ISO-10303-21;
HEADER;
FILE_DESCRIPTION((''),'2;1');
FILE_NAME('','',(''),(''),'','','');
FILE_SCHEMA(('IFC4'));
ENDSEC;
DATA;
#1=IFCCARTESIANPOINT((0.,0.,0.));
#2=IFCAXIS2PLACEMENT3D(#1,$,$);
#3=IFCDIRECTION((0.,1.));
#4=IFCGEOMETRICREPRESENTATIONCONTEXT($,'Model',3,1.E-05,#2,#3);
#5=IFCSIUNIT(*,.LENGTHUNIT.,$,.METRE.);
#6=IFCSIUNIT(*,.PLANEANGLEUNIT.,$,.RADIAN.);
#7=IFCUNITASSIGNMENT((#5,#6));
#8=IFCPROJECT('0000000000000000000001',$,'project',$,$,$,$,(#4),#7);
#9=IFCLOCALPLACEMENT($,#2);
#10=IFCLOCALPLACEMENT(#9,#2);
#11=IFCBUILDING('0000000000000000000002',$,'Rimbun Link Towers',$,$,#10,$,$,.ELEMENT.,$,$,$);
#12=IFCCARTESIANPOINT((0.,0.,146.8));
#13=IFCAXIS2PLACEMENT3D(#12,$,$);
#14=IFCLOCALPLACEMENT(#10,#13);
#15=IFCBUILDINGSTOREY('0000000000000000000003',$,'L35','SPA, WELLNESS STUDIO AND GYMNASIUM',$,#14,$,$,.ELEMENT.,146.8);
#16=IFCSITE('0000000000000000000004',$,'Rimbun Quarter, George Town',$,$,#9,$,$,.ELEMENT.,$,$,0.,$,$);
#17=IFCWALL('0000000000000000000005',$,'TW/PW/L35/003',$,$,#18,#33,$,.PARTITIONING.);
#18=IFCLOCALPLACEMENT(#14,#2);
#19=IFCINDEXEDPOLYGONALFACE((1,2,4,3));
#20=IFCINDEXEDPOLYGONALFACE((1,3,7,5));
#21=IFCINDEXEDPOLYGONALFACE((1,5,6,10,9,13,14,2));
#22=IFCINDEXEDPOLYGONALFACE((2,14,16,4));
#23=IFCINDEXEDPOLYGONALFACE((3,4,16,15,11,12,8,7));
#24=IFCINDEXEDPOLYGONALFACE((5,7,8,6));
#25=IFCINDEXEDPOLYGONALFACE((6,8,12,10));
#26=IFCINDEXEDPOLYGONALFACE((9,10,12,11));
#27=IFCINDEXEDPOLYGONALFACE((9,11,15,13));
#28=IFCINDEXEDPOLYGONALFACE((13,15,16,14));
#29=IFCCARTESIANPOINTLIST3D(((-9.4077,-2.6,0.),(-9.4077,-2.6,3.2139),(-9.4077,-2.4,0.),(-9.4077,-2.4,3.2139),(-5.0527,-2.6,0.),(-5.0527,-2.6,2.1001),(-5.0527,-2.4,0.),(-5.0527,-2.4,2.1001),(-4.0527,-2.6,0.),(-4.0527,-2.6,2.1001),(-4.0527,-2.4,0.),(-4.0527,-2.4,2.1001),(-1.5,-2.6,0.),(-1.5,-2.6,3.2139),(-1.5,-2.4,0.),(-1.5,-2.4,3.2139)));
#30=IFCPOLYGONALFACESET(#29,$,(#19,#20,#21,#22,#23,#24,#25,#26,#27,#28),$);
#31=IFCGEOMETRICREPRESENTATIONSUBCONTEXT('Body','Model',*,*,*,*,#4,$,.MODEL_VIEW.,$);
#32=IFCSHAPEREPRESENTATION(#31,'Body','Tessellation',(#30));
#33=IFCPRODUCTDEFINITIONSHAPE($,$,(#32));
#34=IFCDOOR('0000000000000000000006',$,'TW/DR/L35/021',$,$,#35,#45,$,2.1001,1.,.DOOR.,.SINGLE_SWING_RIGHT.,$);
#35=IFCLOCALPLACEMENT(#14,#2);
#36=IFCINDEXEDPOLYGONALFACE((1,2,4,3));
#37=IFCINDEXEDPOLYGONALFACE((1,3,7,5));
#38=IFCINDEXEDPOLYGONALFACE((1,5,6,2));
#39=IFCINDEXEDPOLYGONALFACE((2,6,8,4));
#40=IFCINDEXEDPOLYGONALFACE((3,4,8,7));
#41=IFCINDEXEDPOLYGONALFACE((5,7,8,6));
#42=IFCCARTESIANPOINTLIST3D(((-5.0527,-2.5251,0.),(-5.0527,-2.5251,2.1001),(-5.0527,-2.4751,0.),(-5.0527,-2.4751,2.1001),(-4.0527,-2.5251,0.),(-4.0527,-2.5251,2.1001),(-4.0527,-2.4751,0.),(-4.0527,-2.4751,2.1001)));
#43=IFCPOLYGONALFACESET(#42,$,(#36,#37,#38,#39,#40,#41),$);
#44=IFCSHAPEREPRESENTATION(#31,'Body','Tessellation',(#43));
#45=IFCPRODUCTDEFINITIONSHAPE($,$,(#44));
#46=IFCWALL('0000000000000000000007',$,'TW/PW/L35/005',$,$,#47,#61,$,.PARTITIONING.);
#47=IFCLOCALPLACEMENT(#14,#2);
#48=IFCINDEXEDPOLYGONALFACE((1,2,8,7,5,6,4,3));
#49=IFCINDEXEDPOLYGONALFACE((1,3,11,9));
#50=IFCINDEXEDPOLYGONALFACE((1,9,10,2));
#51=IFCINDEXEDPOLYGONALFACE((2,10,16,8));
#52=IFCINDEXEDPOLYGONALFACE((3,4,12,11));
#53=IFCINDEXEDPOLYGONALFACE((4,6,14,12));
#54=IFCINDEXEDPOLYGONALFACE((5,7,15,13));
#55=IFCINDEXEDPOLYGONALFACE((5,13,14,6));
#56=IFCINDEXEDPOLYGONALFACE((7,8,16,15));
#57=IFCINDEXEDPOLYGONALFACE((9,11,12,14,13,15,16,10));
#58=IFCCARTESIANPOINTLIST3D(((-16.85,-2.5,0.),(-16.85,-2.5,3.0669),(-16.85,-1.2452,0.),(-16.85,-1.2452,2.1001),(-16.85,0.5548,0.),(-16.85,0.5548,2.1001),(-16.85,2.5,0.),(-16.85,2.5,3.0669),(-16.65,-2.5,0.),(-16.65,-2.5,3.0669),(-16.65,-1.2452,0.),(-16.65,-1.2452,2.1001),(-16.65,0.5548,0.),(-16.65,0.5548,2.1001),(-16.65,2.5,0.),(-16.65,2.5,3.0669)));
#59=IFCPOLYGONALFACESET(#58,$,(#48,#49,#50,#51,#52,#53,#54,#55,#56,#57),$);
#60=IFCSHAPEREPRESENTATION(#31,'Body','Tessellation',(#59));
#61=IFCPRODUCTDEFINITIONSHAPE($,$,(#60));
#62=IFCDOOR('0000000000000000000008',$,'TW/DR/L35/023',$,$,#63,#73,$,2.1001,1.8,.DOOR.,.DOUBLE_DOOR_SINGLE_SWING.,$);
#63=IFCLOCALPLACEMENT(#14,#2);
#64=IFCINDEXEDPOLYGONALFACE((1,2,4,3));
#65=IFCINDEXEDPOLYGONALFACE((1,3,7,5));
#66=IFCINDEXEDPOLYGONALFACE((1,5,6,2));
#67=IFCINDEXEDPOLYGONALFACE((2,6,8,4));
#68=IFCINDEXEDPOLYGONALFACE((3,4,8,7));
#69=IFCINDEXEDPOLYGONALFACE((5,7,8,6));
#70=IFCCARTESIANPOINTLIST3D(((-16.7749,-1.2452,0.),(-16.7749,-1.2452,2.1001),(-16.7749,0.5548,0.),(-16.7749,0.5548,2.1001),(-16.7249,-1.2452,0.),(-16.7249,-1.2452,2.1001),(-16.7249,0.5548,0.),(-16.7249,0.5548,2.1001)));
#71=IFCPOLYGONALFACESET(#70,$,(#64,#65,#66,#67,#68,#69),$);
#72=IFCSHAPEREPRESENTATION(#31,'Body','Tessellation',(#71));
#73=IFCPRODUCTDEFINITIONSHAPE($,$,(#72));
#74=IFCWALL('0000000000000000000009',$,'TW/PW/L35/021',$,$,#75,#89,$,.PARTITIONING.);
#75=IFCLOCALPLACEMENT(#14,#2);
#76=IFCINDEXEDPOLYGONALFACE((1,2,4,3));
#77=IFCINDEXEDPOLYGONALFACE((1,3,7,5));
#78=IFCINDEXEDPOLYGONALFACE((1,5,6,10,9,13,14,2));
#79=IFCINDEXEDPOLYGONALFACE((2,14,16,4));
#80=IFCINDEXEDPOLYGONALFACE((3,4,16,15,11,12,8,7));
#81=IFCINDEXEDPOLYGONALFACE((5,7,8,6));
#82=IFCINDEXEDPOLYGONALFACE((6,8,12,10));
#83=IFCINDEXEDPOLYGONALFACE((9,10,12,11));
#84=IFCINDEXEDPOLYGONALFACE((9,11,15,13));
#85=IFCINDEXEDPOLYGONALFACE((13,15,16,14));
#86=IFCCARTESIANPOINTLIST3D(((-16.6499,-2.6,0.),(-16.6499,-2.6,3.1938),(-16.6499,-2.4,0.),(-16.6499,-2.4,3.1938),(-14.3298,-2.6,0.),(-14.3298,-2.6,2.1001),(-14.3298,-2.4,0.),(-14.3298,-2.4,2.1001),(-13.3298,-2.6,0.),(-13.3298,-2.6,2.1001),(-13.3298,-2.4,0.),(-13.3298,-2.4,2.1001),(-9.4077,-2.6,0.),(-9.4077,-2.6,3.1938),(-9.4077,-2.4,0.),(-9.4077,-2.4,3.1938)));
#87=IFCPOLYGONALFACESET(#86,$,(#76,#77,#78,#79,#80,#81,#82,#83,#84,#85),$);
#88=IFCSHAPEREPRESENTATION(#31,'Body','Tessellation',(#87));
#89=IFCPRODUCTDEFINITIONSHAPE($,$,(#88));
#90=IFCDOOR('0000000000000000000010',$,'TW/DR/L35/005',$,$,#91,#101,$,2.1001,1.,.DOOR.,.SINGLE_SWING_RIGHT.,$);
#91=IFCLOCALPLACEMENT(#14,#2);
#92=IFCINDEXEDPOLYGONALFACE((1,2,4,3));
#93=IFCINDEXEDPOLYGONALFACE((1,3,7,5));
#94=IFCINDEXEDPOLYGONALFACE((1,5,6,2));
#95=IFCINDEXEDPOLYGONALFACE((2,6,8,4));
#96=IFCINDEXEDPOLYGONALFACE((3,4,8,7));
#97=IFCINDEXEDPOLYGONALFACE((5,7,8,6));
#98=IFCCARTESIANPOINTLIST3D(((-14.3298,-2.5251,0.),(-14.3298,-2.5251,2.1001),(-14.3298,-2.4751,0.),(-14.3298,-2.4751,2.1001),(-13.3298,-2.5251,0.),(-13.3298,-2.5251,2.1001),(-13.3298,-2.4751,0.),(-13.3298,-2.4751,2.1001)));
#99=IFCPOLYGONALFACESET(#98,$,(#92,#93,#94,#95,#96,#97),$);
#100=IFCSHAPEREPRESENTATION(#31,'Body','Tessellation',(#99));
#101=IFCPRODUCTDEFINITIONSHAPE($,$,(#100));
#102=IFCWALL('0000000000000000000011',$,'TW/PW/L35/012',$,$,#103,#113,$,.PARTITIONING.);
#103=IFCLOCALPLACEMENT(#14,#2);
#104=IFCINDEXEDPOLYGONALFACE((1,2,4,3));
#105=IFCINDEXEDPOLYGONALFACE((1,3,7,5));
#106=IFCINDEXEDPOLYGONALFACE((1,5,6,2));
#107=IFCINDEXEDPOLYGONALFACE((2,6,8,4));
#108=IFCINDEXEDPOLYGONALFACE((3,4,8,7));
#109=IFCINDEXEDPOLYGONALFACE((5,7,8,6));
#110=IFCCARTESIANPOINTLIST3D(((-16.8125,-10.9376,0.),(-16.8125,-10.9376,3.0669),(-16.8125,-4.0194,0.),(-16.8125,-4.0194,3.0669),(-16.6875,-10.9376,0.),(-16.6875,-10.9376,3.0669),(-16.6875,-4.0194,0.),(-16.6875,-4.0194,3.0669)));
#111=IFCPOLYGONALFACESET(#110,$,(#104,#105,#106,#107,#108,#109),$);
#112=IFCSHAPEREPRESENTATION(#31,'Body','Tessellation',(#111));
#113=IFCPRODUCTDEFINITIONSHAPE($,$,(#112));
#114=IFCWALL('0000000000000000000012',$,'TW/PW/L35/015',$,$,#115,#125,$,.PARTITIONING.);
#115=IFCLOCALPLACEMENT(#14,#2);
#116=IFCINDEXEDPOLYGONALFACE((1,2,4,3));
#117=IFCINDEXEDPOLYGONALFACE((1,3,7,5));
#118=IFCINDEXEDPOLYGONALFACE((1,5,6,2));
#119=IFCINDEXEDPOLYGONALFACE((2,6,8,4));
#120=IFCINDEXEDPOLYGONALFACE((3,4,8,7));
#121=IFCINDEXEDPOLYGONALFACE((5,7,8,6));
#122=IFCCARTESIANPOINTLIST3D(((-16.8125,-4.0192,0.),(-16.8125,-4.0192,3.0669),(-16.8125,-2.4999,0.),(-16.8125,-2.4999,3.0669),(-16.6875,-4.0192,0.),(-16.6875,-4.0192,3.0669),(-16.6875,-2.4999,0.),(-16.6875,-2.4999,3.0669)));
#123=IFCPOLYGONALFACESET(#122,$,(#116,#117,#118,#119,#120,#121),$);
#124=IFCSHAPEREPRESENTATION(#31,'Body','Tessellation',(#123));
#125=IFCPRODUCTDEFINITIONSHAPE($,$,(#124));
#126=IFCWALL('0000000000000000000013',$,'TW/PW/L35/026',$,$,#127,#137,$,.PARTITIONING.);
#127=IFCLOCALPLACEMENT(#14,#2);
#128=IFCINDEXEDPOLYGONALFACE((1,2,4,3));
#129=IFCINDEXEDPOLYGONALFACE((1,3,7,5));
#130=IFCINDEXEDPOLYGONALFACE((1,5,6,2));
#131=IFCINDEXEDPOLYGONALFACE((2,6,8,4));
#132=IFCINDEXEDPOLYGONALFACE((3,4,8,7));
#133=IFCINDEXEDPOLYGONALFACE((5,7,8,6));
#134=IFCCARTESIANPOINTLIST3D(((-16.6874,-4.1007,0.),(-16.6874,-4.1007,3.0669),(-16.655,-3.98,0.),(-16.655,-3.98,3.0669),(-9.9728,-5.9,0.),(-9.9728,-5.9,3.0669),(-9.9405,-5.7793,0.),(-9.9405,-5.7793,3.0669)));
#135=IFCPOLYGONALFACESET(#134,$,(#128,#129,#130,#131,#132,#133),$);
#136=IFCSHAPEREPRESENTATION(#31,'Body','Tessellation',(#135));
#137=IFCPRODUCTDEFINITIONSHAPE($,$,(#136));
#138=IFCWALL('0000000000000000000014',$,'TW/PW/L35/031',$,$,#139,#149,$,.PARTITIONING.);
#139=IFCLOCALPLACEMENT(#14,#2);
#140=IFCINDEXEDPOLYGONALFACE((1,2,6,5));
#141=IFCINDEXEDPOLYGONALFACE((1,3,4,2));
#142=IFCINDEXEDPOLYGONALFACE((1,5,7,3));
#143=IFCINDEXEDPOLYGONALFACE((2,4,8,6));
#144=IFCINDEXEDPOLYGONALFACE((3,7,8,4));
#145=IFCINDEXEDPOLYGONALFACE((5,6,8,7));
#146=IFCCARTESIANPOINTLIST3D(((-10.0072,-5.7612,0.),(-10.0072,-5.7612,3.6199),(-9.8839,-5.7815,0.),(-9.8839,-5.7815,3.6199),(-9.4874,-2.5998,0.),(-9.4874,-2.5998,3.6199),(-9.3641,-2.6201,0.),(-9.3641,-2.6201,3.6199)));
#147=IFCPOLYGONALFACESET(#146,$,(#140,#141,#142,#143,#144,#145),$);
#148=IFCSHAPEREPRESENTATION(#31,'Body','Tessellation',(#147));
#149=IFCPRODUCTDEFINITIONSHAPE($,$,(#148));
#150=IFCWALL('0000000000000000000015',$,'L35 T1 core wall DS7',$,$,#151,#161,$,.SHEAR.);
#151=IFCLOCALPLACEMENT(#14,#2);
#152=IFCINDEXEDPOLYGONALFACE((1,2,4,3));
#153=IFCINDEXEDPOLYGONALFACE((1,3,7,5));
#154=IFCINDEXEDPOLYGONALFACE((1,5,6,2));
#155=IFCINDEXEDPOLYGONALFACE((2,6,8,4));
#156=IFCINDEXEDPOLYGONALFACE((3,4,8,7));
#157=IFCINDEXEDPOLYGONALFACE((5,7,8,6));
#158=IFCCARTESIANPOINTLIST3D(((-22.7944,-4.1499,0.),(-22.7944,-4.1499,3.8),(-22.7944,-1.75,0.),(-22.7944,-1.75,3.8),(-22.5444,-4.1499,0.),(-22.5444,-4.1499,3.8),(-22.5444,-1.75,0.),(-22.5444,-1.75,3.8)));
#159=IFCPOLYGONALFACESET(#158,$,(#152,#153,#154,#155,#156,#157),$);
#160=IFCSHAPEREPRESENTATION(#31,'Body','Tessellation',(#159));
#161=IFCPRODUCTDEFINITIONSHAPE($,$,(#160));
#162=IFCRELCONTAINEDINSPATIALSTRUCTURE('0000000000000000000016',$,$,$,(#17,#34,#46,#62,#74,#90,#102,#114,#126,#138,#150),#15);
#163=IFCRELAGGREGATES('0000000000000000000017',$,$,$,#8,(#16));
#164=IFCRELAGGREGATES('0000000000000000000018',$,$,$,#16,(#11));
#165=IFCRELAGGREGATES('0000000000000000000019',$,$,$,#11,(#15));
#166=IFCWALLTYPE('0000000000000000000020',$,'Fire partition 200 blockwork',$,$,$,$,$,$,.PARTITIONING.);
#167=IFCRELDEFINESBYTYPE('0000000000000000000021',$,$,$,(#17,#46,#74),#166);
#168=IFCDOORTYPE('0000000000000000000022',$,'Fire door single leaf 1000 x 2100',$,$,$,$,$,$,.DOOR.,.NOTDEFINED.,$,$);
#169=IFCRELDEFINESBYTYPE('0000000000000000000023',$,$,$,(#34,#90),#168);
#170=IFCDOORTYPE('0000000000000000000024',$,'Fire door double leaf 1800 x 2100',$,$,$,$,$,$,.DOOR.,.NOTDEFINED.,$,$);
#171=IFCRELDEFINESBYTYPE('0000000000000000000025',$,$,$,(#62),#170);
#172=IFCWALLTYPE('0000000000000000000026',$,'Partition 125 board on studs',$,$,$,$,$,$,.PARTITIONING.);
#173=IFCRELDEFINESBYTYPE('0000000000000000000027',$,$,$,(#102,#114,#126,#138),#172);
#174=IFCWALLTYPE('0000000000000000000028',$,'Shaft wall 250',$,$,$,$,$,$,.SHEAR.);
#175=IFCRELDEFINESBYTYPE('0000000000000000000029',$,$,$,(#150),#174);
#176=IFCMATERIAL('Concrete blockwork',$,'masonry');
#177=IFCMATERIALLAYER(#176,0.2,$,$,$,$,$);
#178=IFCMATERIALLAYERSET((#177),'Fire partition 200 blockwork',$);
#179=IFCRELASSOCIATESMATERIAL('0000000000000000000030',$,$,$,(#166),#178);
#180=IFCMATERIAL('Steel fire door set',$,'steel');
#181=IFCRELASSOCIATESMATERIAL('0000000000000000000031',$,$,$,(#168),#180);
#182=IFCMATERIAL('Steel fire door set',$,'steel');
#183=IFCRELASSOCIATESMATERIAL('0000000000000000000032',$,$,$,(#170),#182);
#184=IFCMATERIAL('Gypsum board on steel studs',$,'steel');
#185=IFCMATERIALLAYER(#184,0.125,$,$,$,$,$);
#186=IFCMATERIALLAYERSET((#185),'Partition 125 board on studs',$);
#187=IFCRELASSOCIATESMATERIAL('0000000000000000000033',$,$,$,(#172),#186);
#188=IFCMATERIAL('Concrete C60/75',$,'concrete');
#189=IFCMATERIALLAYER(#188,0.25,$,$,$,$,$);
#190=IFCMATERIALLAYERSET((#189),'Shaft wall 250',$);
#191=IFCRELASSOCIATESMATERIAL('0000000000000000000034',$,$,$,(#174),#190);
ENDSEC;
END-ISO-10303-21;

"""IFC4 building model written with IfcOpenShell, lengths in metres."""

from ifc_helpers import new_model, si_unit, direction, frame, frame_2d, origin, place, context, subcontext, project, spatial, rectangle, extrude, material, layer, layer_set, type_object, element, fill, save


model = new_model("IFC4")

# Units and contexts
model_context = context("Model", 3, precision=1e-05, world=origin(), true_north=direction((0.0, 1.0)))
body_context = subcontext(model_context, "Body", "Model", "MODEL_VIEW")
ifc_project = project(units=[si_unit("LENGTHUNIT", "METRE"), si_unit("PLANEANGLEUNIT", "RADIAN")], contexts=[model_context])

# Site, building, storey
site_placement = place(None, origin())
site = spatial("IfcSite", under=ifc_project, at=site_placement, Name="Rimbun Quarter, George Town", CompositionType="ELEMENT", RefElevation=0.0)
building_placement = place(site_placement, origin())
building = spatial("IfcBuilding", under=site, at=building_placement, Name="Rimbun Link Towers", CompositionType="ELEMENT")
storey_placement = place(building_placement, frame((0.0, 0.0, 146.8)))
storey = spatial("IfcBuildingStorey", under=building, at=storey_placement, Name="L35", Description="SPA, WELLNESS STUDIO AND GYMNASIUM", CompositionType="ELEMENT", Elevation=146.8)

# Walls, openings, doors
ifc_material_1 = material(Name="Concrete blockwork", Category="masonry")
ifc_layer_1 = layer(ifc_material_1, 0.2)
ifc_layer_set_1 = layer_set([ifc_layer_1], Name="Fire partition 200 blockwork")
wall_type_1 = type_object("IfcWallType", Name="Fire partition 200 blockwork", PredefinedType="PARTITIONING", material=ifc_layer_set_1)
wall_1_placement = place(storey_placement, frame((-9.4077, -2.5, 0.0), z_axis=(0.0, 0.0, 1.0), x_axis=(1.0, 0.0, 0.0)))
wall_1 = element("IfcWall", 1, at=wall_1_placement, inside=storey, type_object=wall_type_1, Name="TW/PW/L35/003", PredefinedType="PARTITIONING", context=body_context, shape_type="SweptSolid", body=[
    extrude(rectangle(XDim=7.9077, YDim=0.2, at=frame_2d((3.9539, 0.0))), origin(), (0.0, 0.0, 1.0), 3.2139),
])
opening_1_placement = place(wall_1_placement, frame((4.355, 0.0, 0.0)))
opening_1 = element("IfcOpeningElement", 2, at=opening_1_placement, cuts=wall_1, PredefinedType="OPENING", context=body_context, shape_type="SweptSolid", body=[
    extrude(rectangle(XDim=1.0, YDim=2.1001, at=frame_2d((0.5, 1.05))), frame((0.0, 0.1099, 0.0), z_axis=(0.0, -1.0, 0.0), x_axis=(1.0, 0.0, 0.0)), (0.0, 0.0, 1.0), 0.22),
])
ifc_material_2 = material(Name="Steel fire door set", Category="steel")
door_type_1 = type_object("IfcDoorType", Name="Fire door single leaf 1000 x 2100", OperationType="NOTDEFINED", PredefinedType="DOOR", material=ifc_material_2)
door_1_placement = place(opening_1_placement, origin())
door_1 = element("IfcDoor", 3, at=door_1_placement, inside=storey, type_object=door_type_1, Name="TW/DR/L35/021", OperationType="SINGLE_SWING_RIGHT", OverallHeight=2.1001, OverallWidth=1.0, PredefinedType="DOOR", context=body_context, shape_type="SweptSolid", body=[
    extrude(rectangle(XDim=1.0, YDim=2.1001, at=frame_2d((0.5, 1.05))), frame((0.0, 0.0249, 0.0), z_axis=(0.0, -1.0, 0.0), x_axis=(1.0, 0.0, 0.0)), (0.0, 0.0, 1.0), 0.05),
])
fill(opening_1, door_1)
wall_2_placement = place(storey_placement, frame((-16.75, -2.5, 0.0), z_axis=(0.0, 0.0, 1.0), x_axis=(0.0, 1.0, 0.0)))
wall_2 = element("IfcWall", 4, at=wall_2_placement, inside=storey, type_object=wall_type_1, Name="TW/PW/L35/005", PredefinedType="PARTITIONING", context=body_context, shape_type="SweptSolid", body=[
    extrude(rectangle(XDim=5.0, YDim=0.2, at=frame_2d((2.5, 0.0))), origin(), (0.0, 0.0, 1.0), 3.0669),
])
opening_2_placement = place(wall_2_placement, frame((1.2549, 0.0, 0.0)))
opening_2 = element("IfcOpeningElement", 5, at=opening_2_placement, cuts=wall_2, PredefinedType="OPENING", context=body_context, shape_type="SweptSolid", body=[
    extrude(rectangle(XDim=1.8, YDim=2.1001, at=frame_2d((0.8999, 1.05))), frame((0.0, 0.1099, 0.0), z_axis=(0.0, -1.0, 0.0), x_axis=(1.0, 0.0, 0.0)), (0.0, 0.0, 1.0), 0.22),
])
ifc_material_3 = material(Name="Steel fire door set", Category="steel")
door_type_2 = type_object("IfcDoorType", Name="Fire door double leaf 1800 x 2100", OperationType="NOTDEFINED", PredefinedType="DOOR", material=ifc_material_3)
door_2_placement = place(opening_2_placement, origin())
door_2 = element("IfcDoor", 6, at=door_2_placement, inside=storey, type_object=door_type_2, Name="TW/DR/L35/023", OperationType="DOUBLE_DOOR_SINGLE_SWING", OverallHeight=2.1001, OverallWidth=1.8, PredefinedType="DOOR", context=body_context, shape_type="SweptSolid", body=[
    extrude(rectangle(XDim=1.8, YDim=2.1001, at=frame_2d((0.8999, 1.05))), frame((0.0, 0.0249, 0.0), z_axis=(0.0, -1.0, 0.0), x_axis=(1.0, 0.0, 0.0)), (0.0, 0.0, 1.0), 0.05),
])
fill(opening_2, door_2)
wall_3_placement = place(storey_placement, frame((-16.6499, -2.5, 0.0), z_axis=(0.0, 0.0, 1.0), x_axis=(1.0, 0.0, 0.0)))
wall_3 = element("IfcWall", 7, at=wall_3_placement, inside=storey, type_object=wall_type_1, Name="TW/PW/L35/021", PredefinedType="PARTITIONING", context=body_context, shape_type="SweptSolid", body=[
    extrude(rectangle(XDim=7.2422, YDim=0.2, at=frame_2d((3.6211, 0.0))), origin(), (0.0, 0.0, 1.0), 3.1938),
])
opening_3_placement = place(wall_3_placement, frame((2.3201, 0.0, 0.0)))
opening_3 = element("IfcOpeningElement", 8, at=opening_3_placement, cuts=wall_3, PredefinedType="OPENING", context=body_context, shape_type="SweptSolid", body=[
    extrude(rectangle(XDim=1.0, YDim=2.1001, at=frame_2d((0.5, 1.05))), frame((0.0, 0.1099, 0.0), z_axis=(0.0, -1.0, 0.0), x_axis=(1.0, 0.0, 0.0)), (0.0, 0.0, 1.0), 0.22),
])
door_3_placement = place(opening_3_placement, origin())
door_3 = element("IfcDoor", 9, at=door_3_placement, inside=storey, type_object=door_type_1, Name="TW/DR/L35/005", OperationType="SINGLE_SWING_RIGHT", OverallHeight=2.1001, OverallWidth=1.0, PredefinedType="DOOR", context=body_context, shape_type="SweptSolid", body=[
    extrude(rectangle(XDim=1.0, YDim=2.1001, at=frame_2d((0.5, 1.05))), frame((0.0, 0.0249, 0.0), z_axis=(0.0, -1.0, 0.0), x_axis=(1.0, 0.0, 0.0)), (0.0, 0.0, 1.0), 0.05),
])
fill(opening_3, door_3)

# Walls
ifc_material_4 = material(Name="Gypsum board on steel studs", Category="steel")
ifc_layer_2 = layer(ifc_material_4, 0.125)
ifc_layer_set_2 = layer_set([ifc_layer_2], Name="Partition 125 board on studs")
wall_type_2 = type_object("IfcWallType", Name="Partition 125 board on studs", PredefinedType="PARTITIONING", material=ifc_layer_set_2)
wall_4_placement = place(storey_placement, frame((-16.75, -10.9375, 0.0), z_axis=(0.0, 0.0, 1.0), x_axis=(0.0, 1.0, 0.0)))
element("IfcWall", 10, at=wall_4_placement, inside=storey, type_object=wall_type_2, Name="TW/PW/L35/012", PredefinedType="PARTITIONING", context=body_context, shape_type="SweptSolid", body=[
    extrude(rectangle(XDim=6.9182, YDim=0.125, at=frame_2d((3.459, 0.0))), origin(), (0.0, 0.0, 1.0), 3.0669),
])
wall_5_placement = place(storey_placement, frame((-16.75, -4.0193, 0.0), z_axis=(0.0, 0.0, 1.0), x_axis=(0.0, 1.0, 0.0)))
element("IfcWall", 11, at=wall_5_placement, inside=storey, type_object=wall_type_2, Name="TW/PW/L35/015", PredefinedType="PARTITIONING", context=body_context, shape_type="SweptSolid", body=[
    extrude(rectangle(XDim=1.5193, YDim=0.125, at=frame_2d((0.7598, 0.0))), origin(), (0.0, 0.0, 1.0), 3.0669),
])
wall_6_placement = place(storey_placement, frame((-9.9568, -5.8396, 0.0), z_axis=(0.0, 0.0, 1.0), x_axis=(-0.965921, 0.258838, 0.0)))
element("IfcWall", 12, at=wall_6_placement, inside=storey, type_object=wall_type_2, Name="TW/PW/L35/026", PredefinedType="PARTITIONING", context=body_context, shape_type="SweptSolid", body=[
    extrude(rectangle(XDim=6.9514, YDim=0.125, at=frame_2d((3.4756, 0.0))), origin(), (0.0, 0.0, 1.0), 3.0669),
])
wall_7_placement = place(storey_placement, frame((-9.9456, -5.7715, 0.0), z_axis=(0.0, 0.0, 1.0), x_axis=(0.162236, 0.986752, 0.0)))
element("IfcWall", 13, at=wall_7_placement, inside=storey, type_object=wall_type_2, Name="TW/PW/L35/031", PredefinedType="PARTITIONING", context=body_context, shape_type="SweptSolid", body=[
    extrude(rectangle(XDim=3.2039, YDim=0.125, at=frame_2d((1.6021, 0.0))), origin(), (0.0, 0.0, 1.0), 3.6199),
])
ifc_material_5 = material(Name="Concrete C60/75", Category="concrete")
ifc_layer_3 = layer(ifc_material_5, 0.25)
ifc_layer_set_3 = layer_set([ifc_layer_3], Name="Shaft wall 250")
wall_type_3 = type_object("IfcWallType", Name="Shaft wall 250", PredefinedType="SHEAR", material=ifc_layer_set_3)
wall_8_placement = place(storey_placement, frame((-22.6694, -4.1499, 0.0), z_axis=(0.0, 0.0, 1.0), x_axis=(0.0, 1.0, 0.0)))
element("IfcWall", 14, at=wall_8_placement, inside=storey, type_object=wall_type_3, Name="L35 T1 core wall DS7", PredefinedType="SHEAR", context=body_context, shape_type="SweptSolid", body=[
    extrude(rectangle(XDim=2.3999, YDim=0.25, at=frame_2d((1.2, 0.0))), origin(), (0.0, 0.0, 1.0), 3.8),
])

save(model, "model.ifc")
